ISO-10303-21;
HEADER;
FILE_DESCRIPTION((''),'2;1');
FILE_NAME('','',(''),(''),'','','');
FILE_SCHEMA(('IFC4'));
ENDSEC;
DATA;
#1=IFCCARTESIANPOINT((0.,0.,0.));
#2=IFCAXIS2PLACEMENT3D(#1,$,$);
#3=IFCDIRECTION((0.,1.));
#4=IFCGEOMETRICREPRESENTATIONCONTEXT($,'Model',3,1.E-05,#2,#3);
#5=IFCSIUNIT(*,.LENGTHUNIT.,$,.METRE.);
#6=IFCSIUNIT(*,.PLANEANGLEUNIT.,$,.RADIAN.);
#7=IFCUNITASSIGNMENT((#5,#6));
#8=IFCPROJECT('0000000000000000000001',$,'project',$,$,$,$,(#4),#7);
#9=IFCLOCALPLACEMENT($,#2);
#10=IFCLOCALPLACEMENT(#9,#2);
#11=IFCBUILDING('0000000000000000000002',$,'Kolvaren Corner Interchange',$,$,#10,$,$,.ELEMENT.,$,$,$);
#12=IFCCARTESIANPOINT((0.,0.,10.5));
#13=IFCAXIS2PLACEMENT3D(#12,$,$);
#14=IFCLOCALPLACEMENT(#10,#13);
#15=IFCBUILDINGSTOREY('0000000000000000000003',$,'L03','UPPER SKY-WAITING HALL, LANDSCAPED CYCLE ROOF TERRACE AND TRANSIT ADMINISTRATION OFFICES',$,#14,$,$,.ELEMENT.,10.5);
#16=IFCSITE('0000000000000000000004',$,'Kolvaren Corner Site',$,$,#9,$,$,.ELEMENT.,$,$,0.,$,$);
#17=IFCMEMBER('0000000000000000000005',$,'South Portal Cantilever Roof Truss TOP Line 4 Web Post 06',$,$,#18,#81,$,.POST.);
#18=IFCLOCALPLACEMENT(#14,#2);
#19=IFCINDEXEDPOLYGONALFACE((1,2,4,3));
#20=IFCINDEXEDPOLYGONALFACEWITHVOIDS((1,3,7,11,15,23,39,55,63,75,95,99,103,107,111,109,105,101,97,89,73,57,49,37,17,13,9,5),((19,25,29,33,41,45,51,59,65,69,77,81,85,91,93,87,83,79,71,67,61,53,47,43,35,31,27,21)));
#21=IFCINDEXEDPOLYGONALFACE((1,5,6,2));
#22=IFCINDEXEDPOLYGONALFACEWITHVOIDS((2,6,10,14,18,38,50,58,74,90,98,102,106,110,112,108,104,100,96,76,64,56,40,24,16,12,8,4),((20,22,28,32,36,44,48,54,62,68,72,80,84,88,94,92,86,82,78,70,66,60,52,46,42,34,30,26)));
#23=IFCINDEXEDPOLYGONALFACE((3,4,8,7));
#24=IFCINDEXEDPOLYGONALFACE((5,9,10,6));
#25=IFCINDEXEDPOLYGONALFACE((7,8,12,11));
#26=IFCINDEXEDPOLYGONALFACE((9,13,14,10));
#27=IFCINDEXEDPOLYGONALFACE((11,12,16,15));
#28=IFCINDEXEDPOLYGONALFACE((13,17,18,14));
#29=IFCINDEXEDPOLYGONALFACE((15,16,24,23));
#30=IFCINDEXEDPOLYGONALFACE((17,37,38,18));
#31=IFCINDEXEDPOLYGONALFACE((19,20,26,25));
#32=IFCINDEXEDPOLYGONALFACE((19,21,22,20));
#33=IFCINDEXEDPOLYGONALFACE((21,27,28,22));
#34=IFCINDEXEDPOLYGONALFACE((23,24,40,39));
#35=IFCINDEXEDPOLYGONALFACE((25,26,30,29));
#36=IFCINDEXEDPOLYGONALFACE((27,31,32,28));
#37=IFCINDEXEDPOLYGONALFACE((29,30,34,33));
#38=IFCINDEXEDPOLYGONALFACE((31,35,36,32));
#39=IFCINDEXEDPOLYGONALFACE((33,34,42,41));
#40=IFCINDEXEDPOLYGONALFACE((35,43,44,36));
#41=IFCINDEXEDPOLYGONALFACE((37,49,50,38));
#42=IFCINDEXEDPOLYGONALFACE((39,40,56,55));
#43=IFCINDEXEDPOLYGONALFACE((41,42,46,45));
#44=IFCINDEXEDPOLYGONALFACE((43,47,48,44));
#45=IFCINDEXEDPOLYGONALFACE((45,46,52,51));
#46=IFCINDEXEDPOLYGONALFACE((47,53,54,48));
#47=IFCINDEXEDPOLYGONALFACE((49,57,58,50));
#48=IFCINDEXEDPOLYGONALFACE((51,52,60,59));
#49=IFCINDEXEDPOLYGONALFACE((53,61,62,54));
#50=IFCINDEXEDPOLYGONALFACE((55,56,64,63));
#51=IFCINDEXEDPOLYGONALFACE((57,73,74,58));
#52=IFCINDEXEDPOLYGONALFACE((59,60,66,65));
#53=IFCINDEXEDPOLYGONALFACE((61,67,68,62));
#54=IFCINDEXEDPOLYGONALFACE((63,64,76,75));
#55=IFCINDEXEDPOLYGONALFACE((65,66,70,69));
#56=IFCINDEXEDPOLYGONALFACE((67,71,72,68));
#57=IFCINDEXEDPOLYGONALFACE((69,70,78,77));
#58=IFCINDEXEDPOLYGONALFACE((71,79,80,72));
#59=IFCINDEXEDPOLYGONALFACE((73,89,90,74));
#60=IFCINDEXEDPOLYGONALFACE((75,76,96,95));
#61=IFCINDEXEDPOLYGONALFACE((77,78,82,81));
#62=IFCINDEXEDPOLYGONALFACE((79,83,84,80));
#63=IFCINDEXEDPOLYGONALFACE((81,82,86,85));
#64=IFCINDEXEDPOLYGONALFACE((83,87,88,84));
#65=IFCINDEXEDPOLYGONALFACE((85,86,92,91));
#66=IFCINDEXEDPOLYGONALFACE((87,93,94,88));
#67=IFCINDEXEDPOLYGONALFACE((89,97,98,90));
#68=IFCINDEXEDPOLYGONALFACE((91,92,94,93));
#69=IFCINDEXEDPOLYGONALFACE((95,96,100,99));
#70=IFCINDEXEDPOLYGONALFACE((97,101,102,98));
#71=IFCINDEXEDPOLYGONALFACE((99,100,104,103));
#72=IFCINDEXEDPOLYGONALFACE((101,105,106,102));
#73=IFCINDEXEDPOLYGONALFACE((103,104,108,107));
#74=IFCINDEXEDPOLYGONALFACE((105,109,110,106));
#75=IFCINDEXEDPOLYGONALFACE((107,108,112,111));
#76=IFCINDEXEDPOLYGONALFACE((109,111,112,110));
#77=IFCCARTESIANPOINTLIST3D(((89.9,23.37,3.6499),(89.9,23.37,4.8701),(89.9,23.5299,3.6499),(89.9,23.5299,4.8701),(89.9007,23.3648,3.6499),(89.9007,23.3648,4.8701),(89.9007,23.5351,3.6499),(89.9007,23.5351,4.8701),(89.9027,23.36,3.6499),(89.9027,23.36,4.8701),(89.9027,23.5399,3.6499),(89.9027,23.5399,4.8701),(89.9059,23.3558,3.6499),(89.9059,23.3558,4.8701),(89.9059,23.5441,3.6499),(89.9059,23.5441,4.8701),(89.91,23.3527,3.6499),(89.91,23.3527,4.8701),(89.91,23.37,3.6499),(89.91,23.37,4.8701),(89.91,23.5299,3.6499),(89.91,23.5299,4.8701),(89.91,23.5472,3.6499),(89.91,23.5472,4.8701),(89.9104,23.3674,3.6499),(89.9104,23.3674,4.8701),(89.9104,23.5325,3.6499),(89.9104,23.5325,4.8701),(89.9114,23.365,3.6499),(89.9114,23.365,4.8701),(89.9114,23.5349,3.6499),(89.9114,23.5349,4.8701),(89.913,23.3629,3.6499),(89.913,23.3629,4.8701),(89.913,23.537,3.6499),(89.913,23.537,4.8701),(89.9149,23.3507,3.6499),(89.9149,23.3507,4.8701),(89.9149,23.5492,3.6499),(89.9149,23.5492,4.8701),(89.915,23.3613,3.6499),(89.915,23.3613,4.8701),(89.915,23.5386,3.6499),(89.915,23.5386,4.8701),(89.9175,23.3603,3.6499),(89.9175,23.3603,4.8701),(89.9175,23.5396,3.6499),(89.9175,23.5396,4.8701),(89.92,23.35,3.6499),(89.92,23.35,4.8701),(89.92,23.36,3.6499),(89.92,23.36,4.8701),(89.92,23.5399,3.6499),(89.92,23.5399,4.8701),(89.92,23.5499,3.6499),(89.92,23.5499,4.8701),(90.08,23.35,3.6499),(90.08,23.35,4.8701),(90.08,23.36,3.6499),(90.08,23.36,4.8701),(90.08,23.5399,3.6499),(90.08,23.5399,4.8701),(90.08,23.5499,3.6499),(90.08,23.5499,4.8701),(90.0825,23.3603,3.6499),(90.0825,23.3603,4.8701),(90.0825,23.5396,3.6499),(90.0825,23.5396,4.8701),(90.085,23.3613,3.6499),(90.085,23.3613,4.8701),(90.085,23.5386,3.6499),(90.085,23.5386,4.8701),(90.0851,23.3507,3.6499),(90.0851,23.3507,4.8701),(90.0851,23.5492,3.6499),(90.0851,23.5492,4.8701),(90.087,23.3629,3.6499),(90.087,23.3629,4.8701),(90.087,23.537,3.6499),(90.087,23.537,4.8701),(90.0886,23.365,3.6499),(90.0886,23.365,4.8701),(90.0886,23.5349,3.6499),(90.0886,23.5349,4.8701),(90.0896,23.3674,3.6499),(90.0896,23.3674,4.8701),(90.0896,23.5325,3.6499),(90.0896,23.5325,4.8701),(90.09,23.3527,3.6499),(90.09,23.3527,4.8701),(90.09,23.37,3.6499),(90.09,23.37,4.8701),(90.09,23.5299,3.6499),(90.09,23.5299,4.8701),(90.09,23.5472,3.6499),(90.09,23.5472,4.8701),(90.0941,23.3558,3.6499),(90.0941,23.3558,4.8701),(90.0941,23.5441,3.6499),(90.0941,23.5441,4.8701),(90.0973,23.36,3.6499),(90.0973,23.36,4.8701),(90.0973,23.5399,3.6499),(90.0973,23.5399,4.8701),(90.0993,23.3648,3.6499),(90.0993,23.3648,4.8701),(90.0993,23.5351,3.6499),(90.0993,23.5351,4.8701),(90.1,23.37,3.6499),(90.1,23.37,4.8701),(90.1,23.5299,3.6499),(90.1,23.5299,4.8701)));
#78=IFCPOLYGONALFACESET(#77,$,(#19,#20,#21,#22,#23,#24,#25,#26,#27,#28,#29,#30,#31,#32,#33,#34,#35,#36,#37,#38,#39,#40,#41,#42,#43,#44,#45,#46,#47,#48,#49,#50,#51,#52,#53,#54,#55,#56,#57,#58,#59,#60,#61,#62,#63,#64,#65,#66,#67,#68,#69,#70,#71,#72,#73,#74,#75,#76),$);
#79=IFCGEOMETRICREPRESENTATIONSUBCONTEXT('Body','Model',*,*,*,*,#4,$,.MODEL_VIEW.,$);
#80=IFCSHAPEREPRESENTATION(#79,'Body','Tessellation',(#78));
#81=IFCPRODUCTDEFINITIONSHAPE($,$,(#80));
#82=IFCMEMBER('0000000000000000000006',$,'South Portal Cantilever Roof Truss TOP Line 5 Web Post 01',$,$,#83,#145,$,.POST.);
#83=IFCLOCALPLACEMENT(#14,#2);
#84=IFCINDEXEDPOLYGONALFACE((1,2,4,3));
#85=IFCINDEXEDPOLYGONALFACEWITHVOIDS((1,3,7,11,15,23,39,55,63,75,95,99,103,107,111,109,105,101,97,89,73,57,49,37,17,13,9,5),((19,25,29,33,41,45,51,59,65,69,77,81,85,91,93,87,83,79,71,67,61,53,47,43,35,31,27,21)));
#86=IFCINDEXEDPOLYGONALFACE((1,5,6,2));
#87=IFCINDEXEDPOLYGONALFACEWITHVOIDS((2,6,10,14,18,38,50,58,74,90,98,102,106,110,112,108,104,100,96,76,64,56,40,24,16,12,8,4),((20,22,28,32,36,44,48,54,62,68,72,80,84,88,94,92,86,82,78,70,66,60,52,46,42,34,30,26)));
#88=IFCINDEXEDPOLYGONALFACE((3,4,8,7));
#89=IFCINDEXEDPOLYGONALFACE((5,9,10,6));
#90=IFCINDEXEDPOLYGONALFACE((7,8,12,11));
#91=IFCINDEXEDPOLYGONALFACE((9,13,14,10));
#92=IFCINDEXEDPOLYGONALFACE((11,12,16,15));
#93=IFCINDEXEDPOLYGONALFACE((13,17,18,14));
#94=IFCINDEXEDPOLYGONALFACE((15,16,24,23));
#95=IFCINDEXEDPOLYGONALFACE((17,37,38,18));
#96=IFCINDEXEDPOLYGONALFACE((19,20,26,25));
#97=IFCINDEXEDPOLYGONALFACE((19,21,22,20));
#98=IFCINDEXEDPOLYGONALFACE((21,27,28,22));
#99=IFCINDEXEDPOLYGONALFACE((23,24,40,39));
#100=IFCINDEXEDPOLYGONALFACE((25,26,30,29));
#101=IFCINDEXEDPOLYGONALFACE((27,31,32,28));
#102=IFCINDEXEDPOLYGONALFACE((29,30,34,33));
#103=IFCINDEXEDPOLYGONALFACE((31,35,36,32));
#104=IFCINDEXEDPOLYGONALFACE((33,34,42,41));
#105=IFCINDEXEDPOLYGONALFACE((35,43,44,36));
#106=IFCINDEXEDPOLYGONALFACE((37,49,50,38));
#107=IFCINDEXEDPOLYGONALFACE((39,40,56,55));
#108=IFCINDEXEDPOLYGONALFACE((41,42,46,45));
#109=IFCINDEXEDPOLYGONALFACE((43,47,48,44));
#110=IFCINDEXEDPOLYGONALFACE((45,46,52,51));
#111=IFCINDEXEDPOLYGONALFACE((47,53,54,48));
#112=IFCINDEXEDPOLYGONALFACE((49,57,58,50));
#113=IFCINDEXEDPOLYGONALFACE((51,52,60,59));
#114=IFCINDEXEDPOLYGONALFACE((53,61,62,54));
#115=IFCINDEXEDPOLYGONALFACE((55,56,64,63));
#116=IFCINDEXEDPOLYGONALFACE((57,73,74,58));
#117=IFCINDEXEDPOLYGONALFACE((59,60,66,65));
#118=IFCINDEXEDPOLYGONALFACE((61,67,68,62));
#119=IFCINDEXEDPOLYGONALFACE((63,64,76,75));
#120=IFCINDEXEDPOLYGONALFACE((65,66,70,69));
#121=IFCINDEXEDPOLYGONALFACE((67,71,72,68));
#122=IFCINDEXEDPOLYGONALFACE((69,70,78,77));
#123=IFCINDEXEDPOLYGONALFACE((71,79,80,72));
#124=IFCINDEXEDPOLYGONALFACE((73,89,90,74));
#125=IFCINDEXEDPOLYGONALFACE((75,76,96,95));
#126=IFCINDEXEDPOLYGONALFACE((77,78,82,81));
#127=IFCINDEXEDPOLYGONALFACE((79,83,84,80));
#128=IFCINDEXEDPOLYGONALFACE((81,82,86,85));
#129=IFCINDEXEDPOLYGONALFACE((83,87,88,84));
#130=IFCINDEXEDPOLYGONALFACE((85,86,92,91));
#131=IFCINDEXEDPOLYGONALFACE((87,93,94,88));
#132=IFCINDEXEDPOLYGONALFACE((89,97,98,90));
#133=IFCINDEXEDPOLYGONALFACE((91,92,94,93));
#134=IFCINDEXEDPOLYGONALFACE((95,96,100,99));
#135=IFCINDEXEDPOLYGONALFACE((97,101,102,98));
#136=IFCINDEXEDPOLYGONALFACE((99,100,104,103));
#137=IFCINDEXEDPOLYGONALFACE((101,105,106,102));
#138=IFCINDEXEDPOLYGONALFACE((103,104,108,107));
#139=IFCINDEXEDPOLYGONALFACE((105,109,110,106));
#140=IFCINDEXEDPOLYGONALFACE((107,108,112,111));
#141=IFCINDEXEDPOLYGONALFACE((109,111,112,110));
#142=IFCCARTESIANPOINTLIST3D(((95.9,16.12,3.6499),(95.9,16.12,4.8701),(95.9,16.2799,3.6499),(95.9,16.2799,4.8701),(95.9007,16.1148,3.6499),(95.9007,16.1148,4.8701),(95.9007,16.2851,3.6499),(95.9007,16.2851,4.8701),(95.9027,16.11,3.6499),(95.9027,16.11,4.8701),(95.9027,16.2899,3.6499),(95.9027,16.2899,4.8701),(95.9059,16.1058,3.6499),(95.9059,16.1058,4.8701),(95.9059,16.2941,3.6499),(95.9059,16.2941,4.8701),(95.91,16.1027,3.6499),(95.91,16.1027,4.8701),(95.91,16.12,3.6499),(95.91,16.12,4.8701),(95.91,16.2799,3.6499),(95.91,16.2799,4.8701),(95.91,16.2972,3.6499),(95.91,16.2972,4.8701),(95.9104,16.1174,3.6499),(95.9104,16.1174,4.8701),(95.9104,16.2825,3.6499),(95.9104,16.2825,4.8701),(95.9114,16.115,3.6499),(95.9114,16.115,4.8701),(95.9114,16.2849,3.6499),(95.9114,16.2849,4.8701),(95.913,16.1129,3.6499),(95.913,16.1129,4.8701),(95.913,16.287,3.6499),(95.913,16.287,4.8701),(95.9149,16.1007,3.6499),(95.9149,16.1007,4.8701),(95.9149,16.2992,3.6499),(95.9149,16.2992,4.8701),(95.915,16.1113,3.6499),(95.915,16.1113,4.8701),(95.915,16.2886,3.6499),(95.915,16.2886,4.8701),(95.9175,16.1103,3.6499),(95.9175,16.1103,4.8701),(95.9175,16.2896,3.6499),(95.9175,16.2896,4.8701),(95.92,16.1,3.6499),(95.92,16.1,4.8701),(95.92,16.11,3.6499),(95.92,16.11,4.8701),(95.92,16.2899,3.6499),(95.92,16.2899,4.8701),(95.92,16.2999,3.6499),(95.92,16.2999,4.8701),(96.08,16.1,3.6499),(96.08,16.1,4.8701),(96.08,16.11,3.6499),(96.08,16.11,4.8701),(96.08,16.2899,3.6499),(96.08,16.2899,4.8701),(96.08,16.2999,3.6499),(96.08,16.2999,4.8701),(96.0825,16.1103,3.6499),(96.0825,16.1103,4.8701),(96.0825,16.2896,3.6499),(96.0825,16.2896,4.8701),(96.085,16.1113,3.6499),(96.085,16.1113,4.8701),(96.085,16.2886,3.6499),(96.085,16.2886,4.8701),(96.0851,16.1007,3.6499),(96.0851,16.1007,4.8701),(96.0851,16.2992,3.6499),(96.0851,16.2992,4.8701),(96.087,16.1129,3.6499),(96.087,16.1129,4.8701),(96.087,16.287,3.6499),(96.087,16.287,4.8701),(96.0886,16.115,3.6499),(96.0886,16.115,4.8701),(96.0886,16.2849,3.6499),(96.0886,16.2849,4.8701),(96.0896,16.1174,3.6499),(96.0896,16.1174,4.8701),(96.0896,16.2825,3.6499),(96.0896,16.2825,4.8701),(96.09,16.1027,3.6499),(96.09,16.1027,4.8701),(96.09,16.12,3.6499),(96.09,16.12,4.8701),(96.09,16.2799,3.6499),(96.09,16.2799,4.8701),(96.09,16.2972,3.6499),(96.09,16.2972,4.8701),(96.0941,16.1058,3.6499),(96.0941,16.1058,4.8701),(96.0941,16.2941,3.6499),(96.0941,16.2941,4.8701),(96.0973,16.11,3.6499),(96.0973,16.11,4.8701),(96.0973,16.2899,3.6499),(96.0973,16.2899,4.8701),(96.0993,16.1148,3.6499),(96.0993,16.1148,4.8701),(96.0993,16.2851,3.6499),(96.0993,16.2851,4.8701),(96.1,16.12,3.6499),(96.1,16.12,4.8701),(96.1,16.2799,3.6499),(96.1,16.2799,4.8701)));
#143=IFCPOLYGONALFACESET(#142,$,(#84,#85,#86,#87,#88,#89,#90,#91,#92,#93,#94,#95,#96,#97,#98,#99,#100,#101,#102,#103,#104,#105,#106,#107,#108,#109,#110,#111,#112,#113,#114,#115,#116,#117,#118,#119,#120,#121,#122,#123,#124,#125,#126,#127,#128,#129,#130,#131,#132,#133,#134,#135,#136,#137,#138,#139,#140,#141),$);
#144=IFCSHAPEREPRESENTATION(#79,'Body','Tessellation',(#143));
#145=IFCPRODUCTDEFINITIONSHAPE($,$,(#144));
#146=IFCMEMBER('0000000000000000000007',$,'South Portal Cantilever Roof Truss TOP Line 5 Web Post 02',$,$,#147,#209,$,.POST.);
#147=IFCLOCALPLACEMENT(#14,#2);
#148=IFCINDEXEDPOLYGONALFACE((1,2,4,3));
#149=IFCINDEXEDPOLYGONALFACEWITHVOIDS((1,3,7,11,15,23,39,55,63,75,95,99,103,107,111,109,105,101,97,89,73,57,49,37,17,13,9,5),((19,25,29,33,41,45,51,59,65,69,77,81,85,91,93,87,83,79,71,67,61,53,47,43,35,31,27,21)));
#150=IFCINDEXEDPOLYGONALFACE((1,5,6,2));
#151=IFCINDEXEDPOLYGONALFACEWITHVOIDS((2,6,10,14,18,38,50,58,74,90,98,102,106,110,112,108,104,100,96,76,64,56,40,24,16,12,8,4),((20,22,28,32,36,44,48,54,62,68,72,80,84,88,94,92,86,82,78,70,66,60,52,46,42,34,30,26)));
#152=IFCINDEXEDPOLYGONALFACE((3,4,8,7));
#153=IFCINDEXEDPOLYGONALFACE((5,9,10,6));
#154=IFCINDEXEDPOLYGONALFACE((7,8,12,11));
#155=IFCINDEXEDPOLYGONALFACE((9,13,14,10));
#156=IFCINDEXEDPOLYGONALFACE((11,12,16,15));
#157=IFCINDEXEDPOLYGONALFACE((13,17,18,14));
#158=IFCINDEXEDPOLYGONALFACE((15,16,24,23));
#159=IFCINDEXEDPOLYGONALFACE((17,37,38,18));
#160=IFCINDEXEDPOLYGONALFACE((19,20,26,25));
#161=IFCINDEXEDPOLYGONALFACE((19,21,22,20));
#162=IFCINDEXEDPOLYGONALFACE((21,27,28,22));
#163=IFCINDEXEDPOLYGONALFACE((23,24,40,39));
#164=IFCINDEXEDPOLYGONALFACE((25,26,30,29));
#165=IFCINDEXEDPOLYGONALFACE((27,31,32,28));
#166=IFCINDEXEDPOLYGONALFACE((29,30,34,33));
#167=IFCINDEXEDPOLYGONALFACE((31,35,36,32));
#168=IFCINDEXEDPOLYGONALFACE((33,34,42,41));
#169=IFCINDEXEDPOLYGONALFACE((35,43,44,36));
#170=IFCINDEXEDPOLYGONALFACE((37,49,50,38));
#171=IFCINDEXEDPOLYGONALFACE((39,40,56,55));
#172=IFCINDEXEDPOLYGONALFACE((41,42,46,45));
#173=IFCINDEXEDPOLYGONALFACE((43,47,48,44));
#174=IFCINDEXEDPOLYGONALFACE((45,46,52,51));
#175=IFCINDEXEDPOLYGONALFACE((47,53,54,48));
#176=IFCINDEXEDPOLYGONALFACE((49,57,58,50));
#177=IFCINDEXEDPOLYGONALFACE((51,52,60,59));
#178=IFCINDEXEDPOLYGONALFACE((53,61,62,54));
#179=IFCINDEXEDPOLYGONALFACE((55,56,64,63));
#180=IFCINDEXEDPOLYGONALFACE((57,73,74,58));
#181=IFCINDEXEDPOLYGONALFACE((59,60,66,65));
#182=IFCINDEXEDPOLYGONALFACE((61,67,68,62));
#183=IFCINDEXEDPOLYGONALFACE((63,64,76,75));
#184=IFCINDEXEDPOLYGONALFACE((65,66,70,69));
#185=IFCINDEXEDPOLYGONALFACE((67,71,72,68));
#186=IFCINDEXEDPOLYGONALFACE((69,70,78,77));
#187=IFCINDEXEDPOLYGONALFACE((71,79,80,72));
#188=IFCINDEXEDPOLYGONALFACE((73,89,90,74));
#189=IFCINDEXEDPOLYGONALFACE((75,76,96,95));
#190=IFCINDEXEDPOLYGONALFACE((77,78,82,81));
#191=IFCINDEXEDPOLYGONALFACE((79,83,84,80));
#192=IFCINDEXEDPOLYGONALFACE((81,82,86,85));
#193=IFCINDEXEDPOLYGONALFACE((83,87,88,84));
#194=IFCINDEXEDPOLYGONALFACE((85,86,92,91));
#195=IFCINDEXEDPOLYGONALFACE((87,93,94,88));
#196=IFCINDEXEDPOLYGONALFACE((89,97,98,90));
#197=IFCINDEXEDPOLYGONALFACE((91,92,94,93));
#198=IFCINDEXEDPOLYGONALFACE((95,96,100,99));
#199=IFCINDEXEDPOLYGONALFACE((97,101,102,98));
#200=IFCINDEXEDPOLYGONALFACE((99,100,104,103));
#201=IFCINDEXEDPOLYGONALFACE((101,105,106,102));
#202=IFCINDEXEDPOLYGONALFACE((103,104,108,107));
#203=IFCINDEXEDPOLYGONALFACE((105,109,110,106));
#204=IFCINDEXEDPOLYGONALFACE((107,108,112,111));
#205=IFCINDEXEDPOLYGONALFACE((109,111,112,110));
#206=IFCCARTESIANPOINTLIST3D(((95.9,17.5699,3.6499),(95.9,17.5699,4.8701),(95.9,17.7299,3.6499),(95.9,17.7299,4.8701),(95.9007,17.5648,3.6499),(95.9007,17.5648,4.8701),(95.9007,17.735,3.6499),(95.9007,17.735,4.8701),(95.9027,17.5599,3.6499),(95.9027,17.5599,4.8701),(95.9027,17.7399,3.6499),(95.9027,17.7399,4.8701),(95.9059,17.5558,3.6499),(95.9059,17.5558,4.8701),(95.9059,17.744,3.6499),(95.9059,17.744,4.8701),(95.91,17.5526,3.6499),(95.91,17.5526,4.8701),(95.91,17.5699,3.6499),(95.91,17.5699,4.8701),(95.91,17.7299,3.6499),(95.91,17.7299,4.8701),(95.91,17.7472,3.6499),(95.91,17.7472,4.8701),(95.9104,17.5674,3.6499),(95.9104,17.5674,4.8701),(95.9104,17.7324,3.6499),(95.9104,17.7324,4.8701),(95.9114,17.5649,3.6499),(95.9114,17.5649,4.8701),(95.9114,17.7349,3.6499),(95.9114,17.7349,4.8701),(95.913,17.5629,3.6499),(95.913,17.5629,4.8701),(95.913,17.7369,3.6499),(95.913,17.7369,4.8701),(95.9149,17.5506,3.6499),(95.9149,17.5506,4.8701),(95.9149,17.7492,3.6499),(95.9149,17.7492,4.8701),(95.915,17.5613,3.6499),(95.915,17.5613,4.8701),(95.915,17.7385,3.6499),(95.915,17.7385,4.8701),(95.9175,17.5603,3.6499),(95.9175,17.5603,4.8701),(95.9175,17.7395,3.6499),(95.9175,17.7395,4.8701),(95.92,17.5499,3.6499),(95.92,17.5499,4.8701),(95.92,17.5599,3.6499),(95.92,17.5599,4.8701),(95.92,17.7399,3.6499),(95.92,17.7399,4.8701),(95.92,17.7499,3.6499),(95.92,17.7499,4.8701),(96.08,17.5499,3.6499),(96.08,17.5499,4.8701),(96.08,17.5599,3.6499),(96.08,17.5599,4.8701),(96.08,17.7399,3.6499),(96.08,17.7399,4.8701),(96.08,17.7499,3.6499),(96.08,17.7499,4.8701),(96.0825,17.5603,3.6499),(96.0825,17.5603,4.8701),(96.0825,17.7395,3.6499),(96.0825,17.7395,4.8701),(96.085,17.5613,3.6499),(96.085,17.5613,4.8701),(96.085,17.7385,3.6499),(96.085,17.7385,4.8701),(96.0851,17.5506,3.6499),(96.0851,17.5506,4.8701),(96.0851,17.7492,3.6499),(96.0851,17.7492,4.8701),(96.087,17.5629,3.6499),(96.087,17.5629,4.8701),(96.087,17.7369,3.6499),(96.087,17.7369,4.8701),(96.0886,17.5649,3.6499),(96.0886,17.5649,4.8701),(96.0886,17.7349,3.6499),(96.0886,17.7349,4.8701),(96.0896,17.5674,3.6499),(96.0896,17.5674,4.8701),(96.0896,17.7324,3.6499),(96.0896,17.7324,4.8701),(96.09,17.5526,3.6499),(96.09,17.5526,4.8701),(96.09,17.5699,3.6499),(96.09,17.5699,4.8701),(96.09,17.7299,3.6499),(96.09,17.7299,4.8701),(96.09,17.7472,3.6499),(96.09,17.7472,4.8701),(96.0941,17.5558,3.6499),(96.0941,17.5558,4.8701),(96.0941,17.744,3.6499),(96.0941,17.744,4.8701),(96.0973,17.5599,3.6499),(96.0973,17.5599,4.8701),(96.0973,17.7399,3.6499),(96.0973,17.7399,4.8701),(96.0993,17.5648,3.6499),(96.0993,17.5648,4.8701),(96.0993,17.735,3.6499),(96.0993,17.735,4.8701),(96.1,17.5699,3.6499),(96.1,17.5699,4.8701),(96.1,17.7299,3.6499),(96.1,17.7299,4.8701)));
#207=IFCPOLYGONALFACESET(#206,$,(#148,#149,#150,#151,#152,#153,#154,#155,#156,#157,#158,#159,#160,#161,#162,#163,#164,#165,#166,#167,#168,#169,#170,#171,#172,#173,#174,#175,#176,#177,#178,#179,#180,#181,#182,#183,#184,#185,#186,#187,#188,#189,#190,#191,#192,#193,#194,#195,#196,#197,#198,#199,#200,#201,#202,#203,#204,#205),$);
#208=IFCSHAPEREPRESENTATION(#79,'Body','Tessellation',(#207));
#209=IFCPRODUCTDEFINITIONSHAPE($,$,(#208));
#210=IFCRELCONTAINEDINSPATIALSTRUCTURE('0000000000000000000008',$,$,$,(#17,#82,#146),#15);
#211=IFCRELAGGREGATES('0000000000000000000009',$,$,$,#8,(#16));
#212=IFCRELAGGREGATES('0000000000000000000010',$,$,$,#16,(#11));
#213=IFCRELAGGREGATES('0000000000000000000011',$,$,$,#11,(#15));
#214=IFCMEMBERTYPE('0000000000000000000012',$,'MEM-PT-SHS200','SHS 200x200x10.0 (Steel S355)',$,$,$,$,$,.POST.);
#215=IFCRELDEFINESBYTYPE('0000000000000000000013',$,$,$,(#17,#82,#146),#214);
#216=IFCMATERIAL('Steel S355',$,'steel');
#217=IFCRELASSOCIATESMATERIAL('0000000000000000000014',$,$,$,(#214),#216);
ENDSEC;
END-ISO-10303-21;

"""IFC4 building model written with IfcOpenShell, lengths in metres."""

from ifc_helpers import new_model, si_unit, direction, frame, origin, origin_2d, place, context, subcontext, project, spatial, hollow_rectangle, extrude, material, material_profile, profile_set, type_object, element, save


model = new_model("IFC4")

# Units and contexts
model_context = context("Model", 3, precision=1e-05, world=origin(), true_north=direction((0.0, 1.0)))
body_context = subcontext(model_context, "Body", "Model", "MODEL_VIEW")
ifc_project = project(units=[si_unit("LENGTHUNIT", "METRE"), si_unit("PLANEANGLEUNIT", "RADIAN")], contexts=[model_context])

# Site, building, storey
site_placement = place(None, origin())
site = spatial("IfcSite", under=ifc_project, at=site_placement, Name="Kolvaren Corner Site", CompositionType="ELEMENT", RefElevation=0.0)
building_placement = place(site_placement, origin())
building = spatial("IfcBuilding", under=site, at=building_placement, Name="Kolvaren Corner Interchange", CompositionType="ELEMENT")
storey_placement = place(building_placement, frame((0.0, 0.0, 10.5)))
storey = spatial("IfcBuildingStorey", under=building, at=storey_placement, Name="L03", Description="UPPER SKY-WAITING HALL, LANDSCAPED CYCLE ROOF TERRACE AND TRANSIT ADMINISTRATION OFFICES", CompositionType="ELEMENT", Elevation=10.5)

# Members
ifc_material_1 = material(Name="Steel S355", Category="steel")
ifc_material_profile_1 = material_profile(ifc_material_1, hollow_rectangle(XDim=0.2, YDim=0.2, WallThickness=0.01, InnerFilletRadius=0.01, OuterFilletRadius=0.02, at=origin_2d()), Name="SHS 200x200x10.0")
ifc_profile_set_1 = profile_set([ifc_material_profile_1], Name="Steel S355")
member_type_1 = type_object("IfcMemberType", Name="MEM-PT-SHS200", Description="SHS 200x200x10.0 (Steel S355)", PredefinedType="POST", material=ifc_profile_set_1)
for number, where, z_axis, x_axis, name in (
    (1, (90.0, 23.45, 3.6499), (0.0, 0.0, 1.0), (1.0, 0.0, 0.0), "South Portal Cantilever Roof Truss TOP Line 4 Web Post 06"),
    (2, (96.0, 16.2, 3.6499), (0.0, 0.0, 1.0), (1.0, 0.0, 0.0), "South Portal Cantilever Roof Truss TOP Line 5 Web Post 01"),
    (3, (96.0, 17.6499, 3.6499), (0.0, 0.0, 1.0), (1.0, 0.0, 0.0), "South Portal Cantilever Roof Truss TOP Line 5 Web Post 02"),
):
    element("IfcMember", number, at=place(storey_placement, frame(where, z_axis=z_axis, x_axis=x_axis)), inside=storey, type_object=member_type_1, Name=name, PredefinedType="POST", context=body_context, shape_type="SweptSolid", body=[
        extrude(hollow_rectangle(XDim=0.2, YDim=0.2, WallThickness=0.01, InnerFilletRadius=0.01, OuterFilletRadius=0.02, at=origin_2d()), origin(), (0.0, 0.0, 1.0), 1.2202),
    ])

save(model, "model.ifc")
